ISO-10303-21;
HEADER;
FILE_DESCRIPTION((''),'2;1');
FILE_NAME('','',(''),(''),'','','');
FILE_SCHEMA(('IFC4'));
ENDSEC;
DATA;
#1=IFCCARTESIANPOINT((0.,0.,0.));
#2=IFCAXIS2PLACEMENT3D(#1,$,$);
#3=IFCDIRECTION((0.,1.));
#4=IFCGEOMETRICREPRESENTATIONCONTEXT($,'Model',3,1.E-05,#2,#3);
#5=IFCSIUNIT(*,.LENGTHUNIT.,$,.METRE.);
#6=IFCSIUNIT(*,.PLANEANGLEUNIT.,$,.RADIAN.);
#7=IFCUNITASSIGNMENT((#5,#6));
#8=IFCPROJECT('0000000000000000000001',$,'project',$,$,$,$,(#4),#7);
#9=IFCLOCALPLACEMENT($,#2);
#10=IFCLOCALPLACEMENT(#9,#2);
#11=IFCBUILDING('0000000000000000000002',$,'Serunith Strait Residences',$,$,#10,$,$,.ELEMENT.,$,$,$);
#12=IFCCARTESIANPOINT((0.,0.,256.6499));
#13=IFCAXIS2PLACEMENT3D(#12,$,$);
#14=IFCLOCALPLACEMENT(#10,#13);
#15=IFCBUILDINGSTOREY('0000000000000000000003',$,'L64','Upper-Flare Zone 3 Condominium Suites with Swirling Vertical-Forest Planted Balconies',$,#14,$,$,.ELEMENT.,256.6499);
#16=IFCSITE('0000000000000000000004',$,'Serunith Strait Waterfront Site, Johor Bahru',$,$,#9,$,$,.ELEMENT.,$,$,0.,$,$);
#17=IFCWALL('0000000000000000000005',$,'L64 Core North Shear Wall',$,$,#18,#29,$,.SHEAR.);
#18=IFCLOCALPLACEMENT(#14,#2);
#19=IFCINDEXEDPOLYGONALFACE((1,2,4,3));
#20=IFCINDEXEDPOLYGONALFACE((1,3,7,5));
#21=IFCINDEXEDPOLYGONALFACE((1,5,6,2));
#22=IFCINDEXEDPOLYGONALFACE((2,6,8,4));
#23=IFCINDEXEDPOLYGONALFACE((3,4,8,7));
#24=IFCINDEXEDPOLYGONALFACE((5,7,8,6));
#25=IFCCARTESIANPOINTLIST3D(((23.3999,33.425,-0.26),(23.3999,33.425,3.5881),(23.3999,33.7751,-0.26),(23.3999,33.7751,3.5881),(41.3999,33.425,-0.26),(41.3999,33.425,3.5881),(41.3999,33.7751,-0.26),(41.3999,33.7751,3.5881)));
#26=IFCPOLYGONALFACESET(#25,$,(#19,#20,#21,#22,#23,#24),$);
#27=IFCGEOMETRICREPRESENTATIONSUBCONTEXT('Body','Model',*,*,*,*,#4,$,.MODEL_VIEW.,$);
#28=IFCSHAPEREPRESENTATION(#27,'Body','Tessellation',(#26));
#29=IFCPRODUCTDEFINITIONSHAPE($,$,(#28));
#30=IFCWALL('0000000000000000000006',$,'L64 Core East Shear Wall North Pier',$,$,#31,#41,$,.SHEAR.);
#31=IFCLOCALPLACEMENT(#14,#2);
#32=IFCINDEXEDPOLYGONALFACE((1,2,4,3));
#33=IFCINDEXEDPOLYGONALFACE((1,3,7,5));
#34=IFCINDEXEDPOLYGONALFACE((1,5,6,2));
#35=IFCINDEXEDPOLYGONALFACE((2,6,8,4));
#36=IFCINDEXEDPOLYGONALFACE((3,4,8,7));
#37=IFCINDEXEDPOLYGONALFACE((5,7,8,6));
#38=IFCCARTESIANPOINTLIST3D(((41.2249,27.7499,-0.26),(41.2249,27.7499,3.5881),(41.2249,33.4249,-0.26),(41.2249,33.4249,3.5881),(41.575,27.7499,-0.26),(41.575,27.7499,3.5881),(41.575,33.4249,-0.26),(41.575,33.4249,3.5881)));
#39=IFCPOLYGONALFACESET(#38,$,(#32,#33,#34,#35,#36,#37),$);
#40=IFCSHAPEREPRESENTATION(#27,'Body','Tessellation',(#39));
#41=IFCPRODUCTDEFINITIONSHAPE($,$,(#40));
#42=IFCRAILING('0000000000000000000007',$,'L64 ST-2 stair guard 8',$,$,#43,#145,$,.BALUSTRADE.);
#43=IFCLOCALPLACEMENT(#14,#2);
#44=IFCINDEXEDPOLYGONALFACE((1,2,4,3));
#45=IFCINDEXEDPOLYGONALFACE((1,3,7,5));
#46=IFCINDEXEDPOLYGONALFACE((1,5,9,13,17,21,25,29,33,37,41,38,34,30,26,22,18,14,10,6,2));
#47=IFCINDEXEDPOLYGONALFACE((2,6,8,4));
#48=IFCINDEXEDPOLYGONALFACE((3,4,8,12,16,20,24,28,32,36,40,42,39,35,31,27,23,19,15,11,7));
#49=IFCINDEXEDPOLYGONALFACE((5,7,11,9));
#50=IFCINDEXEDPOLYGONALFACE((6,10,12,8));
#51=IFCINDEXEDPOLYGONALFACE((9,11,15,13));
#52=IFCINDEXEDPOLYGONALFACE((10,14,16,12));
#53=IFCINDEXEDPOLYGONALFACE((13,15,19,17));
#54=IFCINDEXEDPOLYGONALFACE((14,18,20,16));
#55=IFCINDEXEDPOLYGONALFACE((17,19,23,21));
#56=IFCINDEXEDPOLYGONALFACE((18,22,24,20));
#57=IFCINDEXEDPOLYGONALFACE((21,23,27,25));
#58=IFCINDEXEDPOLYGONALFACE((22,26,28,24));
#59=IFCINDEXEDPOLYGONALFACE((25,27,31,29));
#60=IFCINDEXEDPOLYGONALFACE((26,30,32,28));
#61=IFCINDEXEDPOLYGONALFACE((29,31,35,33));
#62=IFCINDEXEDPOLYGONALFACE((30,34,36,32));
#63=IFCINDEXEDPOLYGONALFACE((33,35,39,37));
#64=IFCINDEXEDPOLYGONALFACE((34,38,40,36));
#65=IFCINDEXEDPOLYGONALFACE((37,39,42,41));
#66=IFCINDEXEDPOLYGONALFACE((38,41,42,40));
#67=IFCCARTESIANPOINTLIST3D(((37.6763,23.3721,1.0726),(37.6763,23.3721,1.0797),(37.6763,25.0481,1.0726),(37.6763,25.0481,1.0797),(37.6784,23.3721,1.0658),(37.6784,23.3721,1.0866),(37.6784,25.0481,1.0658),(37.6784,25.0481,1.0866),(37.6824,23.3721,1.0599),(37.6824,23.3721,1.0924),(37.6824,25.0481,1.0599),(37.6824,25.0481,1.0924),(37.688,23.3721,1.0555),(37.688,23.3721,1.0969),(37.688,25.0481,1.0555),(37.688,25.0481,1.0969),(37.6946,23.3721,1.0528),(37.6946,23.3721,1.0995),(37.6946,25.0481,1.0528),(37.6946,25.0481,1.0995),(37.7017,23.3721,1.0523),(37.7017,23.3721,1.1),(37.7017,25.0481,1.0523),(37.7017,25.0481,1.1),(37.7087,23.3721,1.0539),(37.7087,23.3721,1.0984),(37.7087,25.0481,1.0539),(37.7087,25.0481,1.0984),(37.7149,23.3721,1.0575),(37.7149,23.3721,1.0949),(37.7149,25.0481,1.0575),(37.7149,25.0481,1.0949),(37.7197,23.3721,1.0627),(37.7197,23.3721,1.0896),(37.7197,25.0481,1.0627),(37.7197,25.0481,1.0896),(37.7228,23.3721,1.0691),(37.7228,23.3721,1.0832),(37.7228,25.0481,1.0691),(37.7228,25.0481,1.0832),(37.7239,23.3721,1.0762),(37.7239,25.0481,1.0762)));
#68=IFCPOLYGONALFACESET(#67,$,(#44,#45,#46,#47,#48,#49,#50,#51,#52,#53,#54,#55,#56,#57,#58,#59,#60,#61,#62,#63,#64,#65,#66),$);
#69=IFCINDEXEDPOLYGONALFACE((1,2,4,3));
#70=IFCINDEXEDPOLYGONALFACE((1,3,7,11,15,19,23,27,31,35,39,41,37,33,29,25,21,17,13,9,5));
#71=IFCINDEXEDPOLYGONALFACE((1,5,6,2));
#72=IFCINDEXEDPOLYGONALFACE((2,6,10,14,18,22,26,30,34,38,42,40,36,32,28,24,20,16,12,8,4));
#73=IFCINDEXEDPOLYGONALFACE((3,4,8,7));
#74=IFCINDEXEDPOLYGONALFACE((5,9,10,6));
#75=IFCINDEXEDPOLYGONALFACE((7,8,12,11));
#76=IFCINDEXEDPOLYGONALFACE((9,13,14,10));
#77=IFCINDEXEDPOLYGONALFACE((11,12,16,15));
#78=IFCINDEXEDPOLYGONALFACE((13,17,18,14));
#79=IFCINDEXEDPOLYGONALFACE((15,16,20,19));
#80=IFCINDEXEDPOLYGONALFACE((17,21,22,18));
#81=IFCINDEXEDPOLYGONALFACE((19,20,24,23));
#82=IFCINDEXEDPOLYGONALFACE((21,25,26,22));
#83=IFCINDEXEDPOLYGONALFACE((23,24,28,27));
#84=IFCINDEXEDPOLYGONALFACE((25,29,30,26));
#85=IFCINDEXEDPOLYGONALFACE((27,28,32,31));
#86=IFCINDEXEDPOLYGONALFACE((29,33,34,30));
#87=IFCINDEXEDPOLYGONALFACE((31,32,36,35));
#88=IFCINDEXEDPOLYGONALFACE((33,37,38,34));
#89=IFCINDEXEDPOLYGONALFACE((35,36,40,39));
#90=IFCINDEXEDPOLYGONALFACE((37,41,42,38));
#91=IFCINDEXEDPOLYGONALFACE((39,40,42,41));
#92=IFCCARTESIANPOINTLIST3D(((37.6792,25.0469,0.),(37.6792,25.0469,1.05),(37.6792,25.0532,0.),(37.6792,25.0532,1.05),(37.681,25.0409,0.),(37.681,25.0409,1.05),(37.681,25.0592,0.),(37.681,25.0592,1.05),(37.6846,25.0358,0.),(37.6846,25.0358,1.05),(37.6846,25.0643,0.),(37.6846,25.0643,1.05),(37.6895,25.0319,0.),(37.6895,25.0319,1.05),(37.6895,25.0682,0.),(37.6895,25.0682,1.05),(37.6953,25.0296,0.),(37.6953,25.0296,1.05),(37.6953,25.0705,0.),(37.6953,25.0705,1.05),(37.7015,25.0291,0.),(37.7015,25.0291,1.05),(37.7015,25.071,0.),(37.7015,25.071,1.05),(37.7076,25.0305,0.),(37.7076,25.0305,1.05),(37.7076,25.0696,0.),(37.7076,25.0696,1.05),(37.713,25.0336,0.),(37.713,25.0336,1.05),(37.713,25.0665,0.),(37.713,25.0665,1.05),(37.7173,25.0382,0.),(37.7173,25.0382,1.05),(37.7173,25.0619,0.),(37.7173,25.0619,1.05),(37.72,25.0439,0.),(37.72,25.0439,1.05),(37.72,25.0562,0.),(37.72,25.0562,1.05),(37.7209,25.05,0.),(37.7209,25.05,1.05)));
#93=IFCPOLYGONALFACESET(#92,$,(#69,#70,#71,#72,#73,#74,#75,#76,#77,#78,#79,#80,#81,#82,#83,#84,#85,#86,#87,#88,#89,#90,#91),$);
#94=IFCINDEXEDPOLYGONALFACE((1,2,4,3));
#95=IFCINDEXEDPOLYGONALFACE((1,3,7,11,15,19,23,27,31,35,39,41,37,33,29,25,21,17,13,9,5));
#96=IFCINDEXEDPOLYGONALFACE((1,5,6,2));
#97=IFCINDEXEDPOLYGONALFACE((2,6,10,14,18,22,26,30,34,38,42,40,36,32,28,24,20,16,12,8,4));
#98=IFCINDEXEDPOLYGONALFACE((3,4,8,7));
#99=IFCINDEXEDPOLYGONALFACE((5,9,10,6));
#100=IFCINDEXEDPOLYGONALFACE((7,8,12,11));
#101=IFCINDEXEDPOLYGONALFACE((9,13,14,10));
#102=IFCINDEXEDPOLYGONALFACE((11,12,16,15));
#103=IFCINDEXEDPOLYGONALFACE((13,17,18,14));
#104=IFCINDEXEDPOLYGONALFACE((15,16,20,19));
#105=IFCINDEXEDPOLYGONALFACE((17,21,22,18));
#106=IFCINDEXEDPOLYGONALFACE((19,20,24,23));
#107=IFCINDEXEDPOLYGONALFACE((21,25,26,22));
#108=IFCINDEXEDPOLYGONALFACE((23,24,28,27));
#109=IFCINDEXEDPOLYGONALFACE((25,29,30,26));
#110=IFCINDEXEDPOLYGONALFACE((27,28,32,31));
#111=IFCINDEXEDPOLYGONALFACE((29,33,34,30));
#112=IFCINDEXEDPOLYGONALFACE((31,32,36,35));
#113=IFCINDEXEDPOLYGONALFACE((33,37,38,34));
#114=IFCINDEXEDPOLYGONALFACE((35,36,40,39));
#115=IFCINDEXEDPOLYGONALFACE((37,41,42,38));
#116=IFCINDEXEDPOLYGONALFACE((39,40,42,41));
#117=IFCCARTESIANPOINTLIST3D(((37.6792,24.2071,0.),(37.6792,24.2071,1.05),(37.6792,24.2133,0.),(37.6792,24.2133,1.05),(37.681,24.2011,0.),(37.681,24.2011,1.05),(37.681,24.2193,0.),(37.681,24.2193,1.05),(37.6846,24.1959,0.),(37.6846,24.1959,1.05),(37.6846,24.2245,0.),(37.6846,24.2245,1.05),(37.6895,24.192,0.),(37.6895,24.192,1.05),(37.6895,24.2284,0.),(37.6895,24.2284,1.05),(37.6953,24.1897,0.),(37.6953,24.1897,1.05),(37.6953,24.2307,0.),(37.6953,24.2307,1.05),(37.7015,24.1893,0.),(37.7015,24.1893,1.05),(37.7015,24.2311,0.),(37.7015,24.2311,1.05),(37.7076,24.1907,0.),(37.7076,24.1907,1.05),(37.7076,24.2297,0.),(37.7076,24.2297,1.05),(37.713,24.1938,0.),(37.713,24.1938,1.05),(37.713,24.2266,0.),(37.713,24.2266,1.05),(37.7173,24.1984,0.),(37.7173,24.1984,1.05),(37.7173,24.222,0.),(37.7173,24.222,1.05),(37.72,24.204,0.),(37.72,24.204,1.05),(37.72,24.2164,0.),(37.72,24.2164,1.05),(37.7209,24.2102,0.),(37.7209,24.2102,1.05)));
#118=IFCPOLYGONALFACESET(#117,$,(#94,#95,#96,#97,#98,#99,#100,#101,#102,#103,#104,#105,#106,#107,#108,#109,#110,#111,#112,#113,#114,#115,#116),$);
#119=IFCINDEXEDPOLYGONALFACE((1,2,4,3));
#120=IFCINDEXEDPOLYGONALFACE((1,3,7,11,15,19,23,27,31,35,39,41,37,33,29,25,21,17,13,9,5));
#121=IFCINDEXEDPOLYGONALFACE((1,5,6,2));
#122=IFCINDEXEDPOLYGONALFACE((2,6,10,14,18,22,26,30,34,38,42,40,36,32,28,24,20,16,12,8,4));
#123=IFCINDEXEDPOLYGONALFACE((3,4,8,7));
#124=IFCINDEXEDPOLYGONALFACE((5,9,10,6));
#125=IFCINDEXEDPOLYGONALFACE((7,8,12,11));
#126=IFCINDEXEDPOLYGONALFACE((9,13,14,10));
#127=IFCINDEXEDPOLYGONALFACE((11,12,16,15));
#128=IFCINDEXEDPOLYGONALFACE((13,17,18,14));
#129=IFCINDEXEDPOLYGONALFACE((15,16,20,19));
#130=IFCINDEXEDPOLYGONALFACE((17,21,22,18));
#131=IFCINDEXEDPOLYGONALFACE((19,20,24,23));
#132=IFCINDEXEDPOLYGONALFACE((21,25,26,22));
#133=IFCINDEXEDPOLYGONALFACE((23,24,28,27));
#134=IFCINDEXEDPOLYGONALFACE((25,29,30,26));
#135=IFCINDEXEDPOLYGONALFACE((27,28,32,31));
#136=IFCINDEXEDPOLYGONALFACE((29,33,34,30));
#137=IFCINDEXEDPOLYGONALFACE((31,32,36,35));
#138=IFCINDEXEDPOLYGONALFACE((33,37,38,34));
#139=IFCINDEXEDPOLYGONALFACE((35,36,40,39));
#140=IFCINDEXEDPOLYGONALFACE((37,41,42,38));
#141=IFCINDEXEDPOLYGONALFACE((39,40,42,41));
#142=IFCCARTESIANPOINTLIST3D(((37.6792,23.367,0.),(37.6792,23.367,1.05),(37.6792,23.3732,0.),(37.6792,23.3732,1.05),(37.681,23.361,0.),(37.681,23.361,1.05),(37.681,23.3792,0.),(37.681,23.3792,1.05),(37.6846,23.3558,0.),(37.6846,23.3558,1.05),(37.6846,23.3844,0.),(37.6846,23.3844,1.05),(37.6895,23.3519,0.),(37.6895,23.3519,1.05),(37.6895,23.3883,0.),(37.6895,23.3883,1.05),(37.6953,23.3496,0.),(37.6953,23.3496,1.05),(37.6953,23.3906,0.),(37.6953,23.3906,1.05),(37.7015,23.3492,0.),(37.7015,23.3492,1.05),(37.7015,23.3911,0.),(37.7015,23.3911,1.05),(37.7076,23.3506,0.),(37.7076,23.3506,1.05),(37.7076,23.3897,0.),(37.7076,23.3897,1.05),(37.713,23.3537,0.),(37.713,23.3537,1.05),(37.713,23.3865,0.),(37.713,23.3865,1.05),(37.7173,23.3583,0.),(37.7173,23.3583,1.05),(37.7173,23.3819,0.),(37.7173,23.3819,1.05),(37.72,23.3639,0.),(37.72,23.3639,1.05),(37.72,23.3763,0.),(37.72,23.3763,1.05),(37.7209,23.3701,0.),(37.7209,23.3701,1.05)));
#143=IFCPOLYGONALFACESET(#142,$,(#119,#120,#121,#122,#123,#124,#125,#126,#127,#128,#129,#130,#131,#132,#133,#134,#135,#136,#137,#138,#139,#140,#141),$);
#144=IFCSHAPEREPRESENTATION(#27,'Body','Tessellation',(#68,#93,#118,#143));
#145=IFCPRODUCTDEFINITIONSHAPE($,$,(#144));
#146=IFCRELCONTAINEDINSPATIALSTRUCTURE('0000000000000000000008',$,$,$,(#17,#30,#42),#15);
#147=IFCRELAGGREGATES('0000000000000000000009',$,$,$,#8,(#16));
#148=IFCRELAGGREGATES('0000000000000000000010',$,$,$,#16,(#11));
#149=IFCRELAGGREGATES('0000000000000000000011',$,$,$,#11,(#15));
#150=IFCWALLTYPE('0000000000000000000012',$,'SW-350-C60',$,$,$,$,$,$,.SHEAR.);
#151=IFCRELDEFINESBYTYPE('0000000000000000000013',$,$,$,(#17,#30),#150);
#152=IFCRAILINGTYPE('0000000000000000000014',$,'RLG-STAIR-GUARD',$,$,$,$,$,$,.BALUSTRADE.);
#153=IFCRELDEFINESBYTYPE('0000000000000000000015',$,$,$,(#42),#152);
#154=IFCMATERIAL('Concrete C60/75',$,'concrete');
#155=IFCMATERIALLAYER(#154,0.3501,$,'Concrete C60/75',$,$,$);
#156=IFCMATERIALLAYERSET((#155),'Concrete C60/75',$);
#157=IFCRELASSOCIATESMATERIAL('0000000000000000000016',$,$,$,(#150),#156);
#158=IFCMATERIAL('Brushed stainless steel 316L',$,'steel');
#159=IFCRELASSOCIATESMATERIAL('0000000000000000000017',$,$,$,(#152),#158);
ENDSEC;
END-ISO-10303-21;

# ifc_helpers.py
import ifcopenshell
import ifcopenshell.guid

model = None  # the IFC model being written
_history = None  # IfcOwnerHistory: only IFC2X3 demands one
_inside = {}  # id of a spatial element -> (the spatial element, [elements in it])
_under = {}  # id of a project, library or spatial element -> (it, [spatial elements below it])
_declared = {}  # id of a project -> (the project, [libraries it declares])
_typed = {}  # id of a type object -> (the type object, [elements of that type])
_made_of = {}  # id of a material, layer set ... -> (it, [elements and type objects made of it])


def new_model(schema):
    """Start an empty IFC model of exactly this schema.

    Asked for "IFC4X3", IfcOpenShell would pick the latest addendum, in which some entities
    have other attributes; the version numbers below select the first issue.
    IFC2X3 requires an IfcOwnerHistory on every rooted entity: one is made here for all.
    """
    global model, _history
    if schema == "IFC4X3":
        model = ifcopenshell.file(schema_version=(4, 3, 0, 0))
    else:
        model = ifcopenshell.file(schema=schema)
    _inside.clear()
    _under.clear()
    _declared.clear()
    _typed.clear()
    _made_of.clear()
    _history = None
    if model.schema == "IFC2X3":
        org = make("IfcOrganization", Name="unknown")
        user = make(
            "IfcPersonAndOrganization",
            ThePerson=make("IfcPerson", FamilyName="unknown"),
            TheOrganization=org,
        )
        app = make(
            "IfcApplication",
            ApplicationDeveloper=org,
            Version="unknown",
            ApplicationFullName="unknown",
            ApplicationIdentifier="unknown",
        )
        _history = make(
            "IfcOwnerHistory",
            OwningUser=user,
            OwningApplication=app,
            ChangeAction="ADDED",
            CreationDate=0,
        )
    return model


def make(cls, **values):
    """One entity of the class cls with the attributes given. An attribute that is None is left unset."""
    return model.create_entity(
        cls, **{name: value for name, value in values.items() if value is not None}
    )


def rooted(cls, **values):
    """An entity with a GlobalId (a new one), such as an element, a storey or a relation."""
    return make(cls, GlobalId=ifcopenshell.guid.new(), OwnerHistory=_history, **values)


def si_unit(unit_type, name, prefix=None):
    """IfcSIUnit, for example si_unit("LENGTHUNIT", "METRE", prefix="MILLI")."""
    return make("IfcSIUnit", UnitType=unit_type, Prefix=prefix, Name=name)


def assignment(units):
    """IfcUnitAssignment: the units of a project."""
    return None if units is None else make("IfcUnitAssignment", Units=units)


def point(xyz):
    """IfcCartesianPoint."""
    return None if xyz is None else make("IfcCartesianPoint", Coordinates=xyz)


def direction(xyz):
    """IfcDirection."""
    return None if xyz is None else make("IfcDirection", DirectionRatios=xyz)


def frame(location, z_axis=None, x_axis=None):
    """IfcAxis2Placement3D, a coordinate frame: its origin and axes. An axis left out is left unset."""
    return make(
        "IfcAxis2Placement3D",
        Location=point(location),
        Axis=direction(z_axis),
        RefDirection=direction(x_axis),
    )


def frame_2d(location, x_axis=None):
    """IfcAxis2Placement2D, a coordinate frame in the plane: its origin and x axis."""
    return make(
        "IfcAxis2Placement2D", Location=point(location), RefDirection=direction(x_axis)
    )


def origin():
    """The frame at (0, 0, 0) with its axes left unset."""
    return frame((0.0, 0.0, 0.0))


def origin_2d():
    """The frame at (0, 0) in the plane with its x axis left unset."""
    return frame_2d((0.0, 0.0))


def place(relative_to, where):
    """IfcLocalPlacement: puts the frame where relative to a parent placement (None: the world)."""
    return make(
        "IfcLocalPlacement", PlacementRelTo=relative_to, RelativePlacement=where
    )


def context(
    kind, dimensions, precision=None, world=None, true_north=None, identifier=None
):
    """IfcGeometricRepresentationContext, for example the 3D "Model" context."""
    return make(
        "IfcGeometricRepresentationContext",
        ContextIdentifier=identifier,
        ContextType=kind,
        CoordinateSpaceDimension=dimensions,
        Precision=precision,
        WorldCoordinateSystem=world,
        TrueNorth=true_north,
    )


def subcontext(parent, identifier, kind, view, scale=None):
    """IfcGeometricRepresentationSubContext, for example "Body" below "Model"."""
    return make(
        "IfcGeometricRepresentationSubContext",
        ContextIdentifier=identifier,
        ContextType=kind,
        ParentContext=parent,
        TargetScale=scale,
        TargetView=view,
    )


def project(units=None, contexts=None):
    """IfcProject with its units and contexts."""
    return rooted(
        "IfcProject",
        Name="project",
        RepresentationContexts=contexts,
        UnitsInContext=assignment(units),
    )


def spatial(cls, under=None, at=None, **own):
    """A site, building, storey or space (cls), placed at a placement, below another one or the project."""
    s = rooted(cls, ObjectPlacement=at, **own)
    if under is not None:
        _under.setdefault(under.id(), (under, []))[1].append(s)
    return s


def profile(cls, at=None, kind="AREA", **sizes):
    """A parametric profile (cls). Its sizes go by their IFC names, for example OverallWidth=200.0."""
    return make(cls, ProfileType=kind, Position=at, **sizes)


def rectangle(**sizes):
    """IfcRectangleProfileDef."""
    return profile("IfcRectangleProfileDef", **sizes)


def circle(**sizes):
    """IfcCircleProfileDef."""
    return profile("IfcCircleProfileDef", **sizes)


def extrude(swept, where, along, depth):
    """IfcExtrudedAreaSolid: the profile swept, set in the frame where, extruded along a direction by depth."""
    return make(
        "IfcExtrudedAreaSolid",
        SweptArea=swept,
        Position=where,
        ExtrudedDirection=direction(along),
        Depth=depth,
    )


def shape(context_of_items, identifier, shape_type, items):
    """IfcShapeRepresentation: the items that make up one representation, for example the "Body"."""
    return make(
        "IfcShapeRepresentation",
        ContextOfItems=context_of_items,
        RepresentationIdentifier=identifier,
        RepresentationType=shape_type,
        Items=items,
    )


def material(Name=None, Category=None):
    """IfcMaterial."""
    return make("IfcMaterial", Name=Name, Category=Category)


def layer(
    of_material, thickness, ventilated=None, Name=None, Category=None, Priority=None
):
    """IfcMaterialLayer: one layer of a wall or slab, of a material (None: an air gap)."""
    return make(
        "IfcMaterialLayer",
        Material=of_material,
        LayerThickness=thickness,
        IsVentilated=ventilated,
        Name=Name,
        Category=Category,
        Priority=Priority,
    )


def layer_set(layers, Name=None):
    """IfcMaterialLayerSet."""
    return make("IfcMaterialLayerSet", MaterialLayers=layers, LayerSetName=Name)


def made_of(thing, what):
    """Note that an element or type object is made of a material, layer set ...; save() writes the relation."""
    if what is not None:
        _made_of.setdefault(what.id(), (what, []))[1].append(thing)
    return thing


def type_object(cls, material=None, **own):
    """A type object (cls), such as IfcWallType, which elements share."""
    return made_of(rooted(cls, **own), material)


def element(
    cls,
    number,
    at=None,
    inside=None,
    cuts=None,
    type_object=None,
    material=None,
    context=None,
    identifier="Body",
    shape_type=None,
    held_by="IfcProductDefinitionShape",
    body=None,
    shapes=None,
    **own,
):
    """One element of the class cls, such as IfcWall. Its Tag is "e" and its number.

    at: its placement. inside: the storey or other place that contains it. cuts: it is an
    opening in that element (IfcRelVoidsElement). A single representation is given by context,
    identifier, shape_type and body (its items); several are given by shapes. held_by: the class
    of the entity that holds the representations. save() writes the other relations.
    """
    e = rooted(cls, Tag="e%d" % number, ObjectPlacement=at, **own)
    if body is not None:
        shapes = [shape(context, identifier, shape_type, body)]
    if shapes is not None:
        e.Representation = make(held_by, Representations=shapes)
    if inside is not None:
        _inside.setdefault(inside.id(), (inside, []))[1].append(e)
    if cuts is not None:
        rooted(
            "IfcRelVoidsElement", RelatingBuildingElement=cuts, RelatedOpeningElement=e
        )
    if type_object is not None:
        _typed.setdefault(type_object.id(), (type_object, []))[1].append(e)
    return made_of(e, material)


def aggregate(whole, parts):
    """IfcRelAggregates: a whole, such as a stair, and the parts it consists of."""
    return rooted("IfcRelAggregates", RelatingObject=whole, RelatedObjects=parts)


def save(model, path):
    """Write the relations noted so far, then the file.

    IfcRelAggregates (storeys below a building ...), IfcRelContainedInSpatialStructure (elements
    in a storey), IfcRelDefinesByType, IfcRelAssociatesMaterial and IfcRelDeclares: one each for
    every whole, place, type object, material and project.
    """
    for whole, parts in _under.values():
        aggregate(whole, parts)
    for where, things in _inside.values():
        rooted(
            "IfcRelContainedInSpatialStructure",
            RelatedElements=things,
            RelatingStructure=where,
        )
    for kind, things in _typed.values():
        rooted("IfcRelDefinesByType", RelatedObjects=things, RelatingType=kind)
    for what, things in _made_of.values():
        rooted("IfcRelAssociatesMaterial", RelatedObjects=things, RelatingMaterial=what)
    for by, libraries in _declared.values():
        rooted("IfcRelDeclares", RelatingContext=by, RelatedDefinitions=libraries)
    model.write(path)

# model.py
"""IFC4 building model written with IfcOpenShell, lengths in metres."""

from ifc_helpers import new_model, si_unit, direction, frame, frame_2d, origin, origin_2d, place, context, subcontext, project, spatial, rectangle, circle, extrude, material, layer, layer_set, type_object, element, save


model = new_model("IFC4")

# Units and contexts
model_context = context("Model", 3, precision=1e-05, world=origin(), true_north=direction((0.0, 1.0)))
body_context = subcontext(model_context, "Body", "Model", "MODEL_VIEW")
ifc_project = project(units=[si_unit("LENGTHUNIT", "METRE"), si_unit("PLANEANGLEUNIT", "RADIAN")], contexts=[model_context])

# Site, building, storey
site_placement = place(None, origin())
site = spatial("IfcSite", under=ifc_project, at=site_placement, Name="Serunith Strait Waterfront Site, Johor Bahru", CompositionType="ELEMENT", RefElevation=0.0)
building_placement = place(site_placement, origin())
building = spatial("IfcBuilding", under=site, at=building_placement, Name="Serunith Strait Residences", CompositionType="ELEMENT")
storey_placement = place(building_placement, frame((0.0, 0.0, 256.6499)))
storey = spatial("IfcBuildingStorey", under=building, at=storey_placement, Name="L64", Description="Upper-Flare Zone 3 Condominium Suites with Swirling Vertical-Forest Planted Balconies", CompositionType="ELEMENT", Elevation=256.6499)

# Walls
ifc_material_1 = material(Name="Concrete C60/75", Category="concrete")
ifc_layer_1 = layer(ifc_material_1, 0.3501, Name="Concrete C60/75")
ifc_layer_set_1 = layer_set([ifc_layer_1], Name="Concrete C60/75")
wall_type_1 = type_object("IfcWallType", Name="SW-350-C60", PredefinedType="SHEAR", material=ifc_layer_set_1)
wall_1_placement = place(storey_placement, frame((41.3999, 33.6001, -0.26), z_axis=(0.0, 0.0, 1.0), x_axis=(-1.0, 0.0, 0.0)))
element("IfcWall", 1, at=wall_1_placement, inside=storey, type_object=wall_type_1, Name="L64 Core North Shear Wall", PredefinedType="SHEAR", context=body_context, shape_type="SweptSolid", body=[
    extrude(rectangle(XDim=18.0, YDim=0.3501, at=frame_2d((9.0, 0.0))), origin(), (0.0, 0.0, 1.0), 3.8481),
])
wall_2_placement = place(storey_placement, frame((41.3999, 27.75, -0.26), z_axis=(0.0, 0.0, 1.0), x_axis=(0.0, 1.0, 0.0)))
element("IfcWall", 2, at=wall_2_placement, inside=storey, type_object=wall_type_1, Name="L64 Core East Shear Wall North Pier", PredefinedType="SHEAR", context=body_context, shape_type="SweptSolid", body=[
    extrude(rectangle(XDim=5.675, YDim=0.3501, at=frame_2d((2.8374, 0.0))), origin(), (0.0, 0.0, 1.0), 3.8481),
])

# Railing
ifc_material_2 = material(Name="Brushed stainless steel 316L", Category="steel")
railing_type = type_object("IfcRailingType", Name="RLG-STAIR-GUARD", PredefinedType="BALUSTRADE", material=ifc_material_2)
for number, where, name in (
    (3, (37.7, 25.05, 0.0), "L64 ST-2 stair guard 8"),
):
    element("IfcRailing", number, at=place(storey_placement, frame(where)), inside=storey, type_object=railing_type, Name=name, PredefinedType="BALUSTRADE", context=body_context, shape_type="SweptSolid", body=[
        extrude(circle(Radius=0.0239, at=origin_2d()), frame((0.0, -0.002, 1.0762), z_axis=(0.0, -1.0, 0.0), x_axis=(1.0, 0.0, 0.0)), (0.0, 0.0, 1.0), 1.676),
        extrude(circle(Radius=0.021, at=origin_2d()), origin(), (0.0, 0.0, 1.0), 1.05),
        extrude(circle(Radius=0.021, at=origin_2d()), frame((0.0, -0.8398, 0.0)), (0.0, 0.0, 1.0), 1.05),
        extrude(circle(Radius=0.021, at=origin_2d()), frame((0.0, -1.6799, 0.0)), (0.0, 0.0, 1.0), 1.05),
    ])

save(model, "model.ifc")
